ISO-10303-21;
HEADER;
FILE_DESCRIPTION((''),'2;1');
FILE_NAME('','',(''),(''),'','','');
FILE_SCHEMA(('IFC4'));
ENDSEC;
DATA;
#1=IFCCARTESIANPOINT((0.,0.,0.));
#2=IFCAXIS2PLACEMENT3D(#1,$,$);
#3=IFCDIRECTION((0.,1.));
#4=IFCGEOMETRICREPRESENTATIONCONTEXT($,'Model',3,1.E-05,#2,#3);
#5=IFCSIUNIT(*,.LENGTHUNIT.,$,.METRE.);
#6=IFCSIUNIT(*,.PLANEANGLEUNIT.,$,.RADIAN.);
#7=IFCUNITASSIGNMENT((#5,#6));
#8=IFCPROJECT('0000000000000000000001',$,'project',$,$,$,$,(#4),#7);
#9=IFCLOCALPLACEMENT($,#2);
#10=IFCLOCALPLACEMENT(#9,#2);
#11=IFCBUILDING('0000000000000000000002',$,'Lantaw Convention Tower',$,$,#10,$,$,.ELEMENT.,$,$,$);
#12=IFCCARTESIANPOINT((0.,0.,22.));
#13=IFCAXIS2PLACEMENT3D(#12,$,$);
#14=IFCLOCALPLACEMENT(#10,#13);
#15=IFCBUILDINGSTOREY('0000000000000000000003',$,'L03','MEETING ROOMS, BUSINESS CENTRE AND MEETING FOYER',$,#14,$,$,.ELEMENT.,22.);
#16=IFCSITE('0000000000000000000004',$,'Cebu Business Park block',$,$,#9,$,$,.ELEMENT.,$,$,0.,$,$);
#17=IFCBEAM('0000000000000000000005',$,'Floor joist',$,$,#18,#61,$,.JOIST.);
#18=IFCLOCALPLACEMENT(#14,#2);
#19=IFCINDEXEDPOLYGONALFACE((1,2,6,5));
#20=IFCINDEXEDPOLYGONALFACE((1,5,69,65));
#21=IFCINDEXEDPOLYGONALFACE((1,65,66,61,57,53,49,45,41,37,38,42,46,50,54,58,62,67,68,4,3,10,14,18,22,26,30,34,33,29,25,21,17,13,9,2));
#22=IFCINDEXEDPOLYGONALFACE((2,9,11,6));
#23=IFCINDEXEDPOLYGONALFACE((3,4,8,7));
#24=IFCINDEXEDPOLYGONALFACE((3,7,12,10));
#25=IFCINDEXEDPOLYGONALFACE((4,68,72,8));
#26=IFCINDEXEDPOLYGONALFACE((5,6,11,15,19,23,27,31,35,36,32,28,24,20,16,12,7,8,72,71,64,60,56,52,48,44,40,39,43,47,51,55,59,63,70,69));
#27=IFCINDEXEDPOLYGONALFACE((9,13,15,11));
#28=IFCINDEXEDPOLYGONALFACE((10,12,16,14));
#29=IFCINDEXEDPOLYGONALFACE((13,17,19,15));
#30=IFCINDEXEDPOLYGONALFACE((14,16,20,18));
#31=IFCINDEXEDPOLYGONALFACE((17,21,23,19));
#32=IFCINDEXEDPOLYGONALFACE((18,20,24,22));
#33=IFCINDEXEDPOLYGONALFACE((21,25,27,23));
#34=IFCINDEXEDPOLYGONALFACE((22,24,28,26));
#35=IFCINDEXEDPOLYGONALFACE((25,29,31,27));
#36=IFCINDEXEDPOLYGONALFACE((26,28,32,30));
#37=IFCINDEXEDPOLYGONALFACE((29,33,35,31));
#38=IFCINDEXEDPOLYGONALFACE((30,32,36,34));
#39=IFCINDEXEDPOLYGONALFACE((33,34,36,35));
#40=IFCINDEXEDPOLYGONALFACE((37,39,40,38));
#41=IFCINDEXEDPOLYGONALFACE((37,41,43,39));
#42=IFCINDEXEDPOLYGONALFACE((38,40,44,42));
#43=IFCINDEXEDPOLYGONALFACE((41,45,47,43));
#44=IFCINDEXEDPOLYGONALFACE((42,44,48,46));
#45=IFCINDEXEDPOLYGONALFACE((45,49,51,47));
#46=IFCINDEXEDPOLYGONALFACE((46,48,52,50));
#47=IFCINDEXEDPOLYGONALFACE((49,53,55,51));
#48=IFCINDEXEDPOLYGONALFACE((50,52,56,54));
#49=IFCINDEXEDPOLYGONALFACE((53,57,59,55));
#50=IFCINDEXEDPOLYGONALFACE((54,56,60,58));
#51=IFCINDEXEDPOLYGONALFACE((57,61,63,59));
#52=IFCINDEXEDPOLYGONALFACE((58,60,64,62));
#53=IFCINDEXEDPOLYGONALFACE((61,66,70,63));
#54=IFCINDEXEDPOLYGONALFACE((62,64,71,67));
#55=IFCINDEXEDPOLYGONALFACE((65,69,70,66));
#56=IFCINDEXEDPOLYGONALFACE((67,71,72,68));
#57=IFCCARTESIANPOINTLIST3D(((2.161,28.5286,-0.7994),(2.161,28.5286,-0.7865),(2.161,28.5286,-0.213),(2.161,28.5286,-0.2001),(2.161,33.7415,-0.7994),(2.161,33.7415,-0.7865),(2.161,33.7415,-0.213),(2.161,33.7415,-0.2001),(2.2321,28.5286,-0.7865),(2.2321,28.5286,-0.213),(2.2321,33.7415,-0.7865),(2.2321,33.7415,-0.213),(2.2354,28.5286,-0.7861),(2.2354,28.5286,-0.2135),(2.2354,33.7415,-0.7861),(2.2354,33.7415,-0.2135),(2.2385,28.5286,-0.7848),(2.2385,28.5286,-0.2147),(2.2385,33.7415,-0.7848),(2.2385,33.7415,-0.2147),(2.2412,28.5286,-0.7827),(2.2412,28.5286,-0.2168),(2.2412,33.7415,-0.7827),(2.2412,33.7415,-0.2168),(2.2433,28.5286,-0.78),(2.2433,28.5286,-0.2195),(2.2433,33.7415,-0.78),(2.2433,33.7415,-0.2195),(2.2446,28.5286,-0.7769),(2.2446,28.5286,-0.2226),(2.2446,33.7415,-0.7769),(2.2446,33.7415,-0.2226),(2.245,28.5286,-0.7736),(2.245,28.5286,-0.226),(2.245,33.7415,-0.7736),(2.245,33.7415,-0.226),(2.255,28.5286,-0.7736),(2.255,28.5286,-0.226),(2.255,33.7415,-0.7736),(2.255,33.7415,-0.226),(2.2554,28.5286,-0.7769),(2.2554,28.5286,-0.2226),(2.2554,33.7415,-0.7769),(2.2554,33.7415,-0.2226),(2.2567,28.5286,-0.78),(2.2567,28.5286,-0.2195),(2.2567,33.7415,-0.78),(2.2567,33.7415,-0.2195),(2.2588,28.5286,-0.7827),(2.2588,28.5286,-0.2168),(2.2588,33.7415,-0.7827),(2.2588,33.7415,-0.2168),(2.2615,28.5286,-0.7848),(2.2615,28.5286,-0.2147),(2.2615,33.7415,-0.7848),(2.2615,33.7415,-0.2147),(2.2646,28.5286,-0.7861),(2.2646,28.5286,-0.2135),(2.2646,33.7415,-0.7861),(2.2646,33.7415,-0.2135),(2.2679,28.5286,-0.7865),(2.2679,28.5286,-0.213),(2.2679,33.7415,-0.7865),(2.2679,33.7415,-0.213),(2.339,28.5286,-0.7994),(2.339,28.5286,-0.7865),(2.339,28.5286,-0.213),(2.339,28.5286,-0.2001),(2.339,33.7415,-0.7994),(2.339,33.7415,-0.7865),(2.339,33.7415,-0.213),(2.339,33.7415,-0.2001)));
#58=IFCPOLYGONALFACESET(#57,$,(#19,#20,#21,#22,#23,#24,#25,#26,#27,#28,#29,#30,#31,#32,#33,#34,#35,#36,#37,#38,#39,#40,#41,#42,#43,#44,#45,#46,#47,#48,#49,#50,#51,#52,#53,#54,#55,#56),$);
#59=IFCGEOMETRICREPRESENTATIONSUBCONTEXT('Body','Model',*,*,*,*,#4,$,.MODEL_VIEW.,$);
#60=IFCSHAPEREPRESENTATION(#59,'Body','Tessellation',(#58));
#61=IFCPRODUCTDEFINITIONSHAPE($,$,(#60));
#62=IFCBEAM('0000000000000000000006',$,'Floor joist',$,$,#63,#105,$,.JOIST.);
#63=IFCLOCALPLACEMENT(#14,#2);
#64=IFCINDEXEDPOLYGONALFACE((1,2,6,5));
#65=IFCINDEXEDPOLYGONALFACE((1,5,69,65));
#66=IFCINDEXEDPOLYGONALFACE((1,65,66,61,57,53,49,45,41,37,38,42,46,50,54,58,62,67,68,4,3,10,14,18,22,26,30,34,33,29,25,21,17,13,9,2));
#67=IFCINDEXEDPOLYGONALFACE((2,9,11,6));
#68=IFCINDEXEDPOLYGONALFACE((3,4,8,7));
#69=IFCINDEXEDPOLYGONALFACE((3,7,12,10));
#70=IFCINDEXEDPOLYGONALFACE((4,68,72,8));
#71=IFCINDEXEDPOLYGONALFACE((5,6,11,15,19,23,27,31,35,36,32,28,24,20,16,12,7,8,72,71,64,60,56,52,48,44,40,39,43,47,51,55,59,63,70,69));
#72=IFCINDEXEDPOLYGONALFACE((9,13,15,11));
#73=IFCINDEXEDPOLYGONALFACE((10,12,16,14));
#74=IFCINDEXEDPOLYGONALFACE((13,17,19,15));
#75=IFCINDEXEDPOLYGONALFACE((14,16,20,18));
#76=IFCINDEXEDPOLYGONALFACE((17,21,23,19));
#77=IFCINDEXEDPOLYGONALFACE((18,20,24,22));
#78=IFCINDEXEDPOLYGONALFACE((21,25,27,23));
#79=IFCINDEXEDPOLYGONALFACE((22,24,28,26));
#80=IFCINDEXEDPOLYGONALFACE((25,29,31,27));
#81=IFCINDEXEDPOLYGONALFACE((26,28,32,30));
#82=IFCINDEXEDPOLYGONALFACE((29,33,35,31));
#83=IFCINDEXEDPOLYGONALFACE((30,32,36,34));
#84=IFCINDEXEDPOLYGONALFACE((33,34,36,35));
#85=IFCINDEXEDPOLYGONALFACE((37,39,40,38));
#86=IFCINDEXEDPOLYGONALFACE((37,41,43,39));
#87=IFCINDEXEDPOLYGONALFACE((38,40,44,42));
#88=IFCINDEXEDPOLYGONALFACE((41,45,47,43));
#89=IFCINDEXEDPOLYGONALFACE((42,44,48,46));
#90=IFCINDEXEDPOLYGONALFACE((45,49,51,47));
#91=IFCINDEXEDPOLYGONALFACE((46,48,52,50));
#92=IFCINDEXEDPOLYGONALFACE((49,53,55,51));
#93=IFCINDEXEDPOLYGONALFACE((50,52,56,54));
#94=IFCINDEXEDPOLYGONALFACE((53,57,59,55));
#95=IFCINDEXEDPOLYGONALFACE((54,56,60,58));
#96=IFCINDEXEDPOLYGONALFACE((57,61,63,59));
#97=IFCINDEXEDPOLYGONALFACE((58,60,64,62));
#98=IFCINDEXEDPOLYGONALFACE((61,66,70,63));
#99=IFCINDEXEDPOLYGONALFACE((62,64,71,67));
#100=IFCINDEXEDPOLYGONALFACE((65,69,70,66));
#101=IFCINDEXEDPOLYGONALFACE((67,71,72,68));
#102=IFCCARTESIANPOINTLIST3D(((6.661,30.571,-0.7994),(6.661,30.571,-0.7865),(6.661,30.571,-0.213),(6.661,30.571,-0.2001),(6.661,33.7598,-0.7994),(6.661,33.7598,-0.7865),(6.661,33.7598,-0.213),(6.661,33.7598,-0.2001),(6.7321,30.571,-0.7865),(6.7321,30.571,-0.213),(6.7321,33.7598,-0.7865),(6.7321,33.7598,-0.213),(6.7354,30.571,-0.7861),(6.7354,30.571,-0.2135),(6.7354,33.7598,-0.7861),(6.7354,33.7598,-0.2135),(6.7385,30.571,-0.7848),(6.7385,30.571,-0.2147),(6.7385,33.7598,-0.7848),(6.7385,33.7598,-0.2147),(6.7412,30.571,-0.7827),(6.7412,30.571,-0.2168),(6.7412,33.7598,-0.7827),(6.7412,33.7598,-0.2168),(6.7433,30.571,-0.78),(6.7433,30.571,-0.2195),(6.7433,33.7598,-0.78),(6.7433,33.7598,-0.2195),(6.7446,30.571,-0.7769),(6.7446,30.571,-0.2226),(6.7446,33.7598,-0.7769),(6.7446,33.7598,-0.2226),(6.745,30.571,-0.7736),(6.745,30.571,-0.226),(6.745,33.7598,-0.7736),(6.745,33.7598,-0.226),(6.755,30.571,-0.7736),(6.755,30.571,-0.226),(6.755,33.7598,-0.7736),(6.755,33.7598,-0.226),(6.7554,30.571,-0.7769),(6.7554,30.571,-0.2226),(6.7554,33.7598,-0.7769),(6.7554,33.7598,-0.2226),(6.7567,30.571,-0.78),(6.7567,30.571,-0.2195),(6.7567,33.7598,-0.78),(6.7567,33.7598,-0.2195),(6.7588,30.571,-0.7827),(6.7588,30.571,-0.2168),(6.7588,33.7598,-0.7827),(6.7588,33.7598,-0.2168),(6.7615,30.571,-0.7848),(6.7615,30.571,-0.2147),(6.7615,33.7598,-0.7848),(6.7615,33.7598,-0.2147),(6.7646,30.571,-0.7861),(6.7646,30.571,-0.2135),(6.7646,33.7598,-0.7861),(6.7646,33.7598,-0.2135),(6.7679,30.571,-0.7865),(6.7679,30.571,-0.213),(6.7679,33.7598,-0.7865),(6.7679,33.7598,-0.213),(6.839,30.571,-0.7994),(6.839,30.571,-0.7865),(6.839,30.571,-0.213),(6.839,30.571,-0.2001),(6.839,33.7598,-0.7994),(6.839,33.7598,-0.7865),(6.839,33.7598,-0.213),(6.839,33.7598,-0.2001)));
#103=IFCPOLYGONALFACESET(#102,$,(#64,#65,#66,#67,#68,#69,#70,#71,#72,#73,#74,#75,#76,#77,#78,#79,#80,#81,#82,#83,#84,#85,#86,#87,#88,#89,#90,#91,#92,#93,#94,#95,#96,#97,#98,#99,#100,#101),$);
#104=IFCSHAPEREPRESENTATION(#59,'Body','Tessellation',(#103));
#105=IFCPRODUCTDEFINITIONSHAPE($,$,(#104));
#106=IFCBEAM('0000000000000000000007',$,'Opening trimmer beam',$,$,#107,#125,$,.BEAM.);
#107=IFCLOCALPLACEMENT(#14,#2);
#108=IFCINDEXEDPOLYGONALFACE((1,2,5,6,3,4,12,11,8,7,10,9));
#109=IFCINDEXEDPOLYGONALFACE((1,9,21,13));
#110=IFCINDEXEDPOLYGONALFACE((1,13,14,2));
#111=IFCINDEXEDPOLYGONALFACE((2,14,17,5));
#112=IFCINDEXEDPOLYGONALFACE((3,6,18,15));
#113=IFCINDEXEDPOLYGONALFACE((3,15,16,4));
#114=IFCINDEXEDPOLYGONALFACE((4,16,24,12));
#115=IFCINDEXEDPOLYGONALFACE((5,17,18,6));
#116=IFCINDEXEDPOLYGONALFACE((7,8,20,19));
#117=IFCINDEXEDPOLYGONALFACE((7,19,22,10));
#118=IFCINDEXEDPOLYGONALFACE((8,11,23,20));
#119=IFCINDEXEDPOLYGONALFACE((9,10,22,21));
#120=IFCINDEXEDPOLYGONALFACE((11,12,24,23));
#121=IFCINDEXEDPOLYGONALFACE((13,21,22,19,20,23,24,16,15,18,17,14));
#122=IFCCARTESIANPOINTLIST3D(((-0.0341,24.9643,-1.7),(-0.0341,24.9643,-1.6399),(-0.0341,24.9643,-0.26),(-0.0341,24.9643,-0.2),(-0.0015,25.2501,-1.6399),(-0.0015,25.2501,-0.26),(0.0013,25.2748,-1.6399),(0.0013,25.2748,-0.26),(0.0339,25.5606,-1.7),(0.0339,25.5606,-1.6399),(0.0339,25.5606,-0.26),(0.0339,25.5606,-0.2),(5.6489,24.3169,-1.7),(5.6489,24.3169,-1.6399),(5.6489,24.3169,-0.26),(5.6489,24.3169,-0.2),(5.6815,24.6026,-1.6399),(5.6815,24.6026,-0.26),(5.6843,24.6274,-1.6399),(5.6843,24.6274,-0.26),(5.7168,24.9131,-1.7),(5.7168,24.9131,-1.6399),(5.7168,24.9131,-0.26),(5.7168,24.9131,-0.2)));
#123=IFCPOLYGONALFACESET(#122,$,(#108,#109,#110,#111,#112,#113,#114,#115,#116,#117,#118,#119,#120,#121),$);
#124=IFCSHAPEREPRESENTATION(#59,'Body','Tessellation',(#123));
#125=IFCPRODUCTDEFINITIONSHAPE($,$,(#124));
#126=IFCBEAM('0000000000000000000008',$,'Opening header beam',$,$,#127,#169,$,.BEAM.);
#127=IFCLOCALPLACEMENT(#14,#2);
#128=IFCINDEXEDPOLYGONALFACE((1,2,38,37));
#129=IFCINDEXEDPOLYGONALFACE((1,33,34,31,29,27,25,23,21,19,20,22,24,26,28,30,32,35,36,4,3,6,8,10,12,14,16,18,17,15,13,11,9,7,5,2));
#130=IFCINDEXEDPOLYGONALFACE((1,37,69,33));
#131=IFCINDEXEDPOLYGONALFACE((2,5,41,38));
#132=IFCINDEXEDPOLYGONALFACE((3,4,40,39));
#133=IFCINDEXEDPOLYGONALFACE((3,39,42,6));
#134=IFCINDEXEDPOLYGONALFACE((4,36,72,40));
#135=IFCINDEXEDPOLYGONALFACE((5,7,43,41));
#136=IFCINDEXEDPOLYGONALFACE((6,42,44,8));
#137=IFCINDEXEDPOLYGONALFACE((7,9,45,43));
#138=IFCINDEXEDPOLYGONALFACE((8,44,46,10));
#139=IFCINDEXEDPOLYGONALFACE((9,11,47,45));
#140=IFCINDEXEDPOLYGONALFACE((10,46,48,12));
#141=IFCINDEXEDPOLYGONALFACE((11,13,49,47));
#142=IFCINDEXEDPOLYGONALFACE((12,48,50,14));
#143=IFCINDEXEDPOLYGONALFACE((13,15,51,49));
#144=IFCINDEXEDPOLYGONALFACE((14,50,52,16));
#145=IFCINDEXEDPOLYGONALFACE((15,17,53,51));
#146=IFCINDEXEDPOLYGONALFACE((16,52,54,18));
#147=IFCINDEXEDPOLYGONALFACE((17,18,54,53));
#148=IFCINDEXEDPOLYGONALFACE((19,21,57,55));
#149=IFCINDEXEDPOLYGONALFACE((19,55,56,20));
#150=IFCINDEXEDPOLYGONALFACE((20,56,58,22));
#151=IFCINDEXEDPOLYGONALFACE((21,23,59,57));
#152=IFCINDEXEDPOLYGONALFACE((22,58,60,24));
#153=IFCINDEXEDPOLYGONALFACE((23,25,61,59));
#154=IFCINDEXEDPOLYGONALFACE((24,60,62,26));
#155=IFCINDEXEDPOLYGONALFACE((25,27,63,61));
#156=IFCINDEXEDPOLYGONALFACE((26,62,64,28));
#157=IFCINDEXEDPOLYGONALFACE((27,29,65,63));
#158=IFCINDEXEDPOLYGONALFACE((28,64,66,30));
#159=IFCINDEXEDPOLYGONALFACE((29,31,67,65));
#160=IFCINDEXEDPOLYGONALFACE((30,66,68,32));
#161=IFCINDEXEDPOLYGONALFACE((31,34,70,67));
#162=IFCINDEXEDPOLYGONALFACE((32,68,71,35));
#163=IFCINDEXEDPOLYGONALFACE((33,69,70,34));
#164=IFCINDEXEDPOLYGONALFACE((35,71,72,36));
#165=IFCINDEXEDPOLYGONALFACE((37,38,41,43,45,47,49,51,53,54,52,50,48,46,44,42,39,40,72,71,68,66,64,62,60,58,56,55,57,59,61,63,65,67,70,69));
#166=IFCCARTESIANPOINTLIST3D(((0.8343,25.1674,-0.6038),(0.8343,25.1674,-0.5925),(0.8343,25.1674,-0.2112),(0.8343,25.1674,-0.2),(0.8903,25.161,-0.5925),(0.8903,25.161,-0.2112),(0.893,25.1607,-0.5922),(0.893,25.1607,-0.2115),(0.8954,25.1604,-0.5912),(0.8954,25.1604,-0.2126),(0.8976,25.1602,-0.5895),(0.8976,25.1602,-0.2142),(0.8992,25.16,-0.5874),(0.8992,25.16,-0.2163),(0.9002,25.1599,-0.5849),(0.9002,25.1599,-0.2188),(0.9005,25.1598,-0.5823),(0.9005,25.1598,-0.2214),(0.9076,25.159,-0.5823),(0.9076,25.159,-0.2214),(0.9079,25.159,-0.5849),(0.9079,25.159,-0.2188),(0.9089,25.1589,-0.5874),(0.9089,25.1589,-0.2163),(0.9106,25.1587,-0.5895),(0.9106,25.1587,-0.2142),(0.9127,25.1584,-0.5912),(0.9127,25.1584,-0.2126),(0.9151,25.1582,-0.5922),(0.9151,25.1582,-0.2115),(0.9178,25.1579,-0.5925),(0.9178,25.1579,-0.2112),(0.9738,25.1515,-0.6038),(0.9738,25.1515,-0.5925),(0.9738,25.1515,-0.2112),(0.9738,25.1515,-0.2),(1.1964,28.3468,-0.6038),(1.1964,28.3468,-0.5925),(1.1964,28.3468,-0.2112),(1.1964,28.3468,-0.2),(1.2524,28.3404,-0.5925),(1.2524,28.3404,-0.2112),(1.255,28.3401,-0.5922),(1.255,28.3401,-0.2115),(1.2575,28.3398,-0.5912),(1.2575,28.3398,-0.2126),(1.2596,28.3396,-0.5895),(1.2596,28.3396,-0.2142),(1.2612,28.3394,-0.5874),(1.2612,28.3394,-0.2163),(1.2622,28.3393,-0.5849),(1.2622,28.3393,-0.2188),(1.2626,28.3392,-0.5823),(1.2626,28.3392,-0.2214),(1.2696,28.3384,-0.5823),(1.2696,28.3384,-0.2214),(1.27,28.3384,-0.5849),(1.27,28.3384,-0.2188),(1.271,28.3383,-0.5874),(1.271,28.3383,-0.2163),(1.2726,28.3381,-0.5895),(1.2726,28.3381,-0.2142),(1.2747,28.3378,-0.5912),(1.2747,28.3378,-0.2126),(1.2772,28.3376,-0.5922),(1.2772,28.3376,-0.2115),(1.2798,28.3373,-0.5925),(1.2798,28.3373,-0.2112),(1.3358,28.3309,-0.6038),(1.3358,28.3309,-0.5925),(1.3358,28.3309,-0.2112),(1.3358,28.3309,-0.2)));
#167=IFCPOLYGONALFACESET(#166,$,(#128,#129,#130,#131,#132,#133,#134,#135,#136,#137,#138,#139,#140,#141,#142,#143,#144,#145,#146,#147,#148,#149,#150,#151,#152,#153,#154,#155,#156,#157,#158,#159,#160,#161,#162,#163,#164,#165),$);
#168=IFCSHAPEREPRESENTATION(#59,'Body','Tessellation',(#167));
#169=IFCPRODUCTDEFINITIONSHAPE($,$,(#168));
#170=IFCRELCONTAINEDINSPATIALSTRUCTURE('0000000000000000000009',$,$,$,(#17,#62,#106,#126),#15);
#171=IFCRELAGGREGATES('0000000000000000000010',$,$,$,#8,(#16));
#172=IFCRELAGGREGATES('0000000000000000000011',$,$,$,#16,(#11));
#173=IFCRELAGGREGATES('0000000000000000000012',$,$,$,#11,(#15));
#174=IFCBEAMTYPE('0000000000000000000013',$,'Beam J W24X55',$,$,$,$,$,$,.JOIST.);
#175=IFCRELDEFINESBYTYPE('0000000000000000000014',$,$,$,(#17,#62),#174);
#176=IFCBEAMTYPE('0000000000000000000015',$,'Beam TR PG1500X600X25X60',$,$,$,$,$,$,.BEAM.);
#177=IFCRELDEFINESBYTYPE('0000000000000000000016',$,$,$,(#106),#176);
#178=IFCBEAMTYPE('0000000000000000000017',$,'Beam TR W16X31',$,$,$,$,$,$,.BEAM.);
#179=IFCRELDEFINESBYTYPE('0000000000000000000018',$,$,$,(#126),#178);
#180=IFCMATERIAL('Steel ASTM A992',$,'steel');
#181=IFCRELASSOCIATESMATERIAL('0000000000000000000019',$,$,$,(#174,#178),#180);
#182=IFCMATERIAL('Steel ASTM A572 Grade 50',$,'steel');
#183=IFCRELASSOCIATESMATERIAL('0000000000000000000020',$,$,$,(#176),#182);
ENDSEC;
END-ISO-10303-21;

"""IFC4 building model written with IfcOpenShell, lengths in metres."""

from ifc_helpers import new_model, si_unit, direction, frame, origin, origin_2d, place, context, subcontext, project, spatial, i_section, extrude, material, material_profile, profile_set, type_object, element, save


model = new_model("IFC4")

# Units and contexts
model_context = context("Model", 3, precision=1e-05, world=origin(), true_north=direction((0.0, 1.0)))
body_context = subcontext(model_context, "Body", "Model", "MODEL_VIEW")
ifc_project = project(units=[si_unit("LENGTHUNIT", "METRE"), si_unit("PLANEANGLEUNIT", "RADIAN")], contexts=[model_context])

# Site, building, storey
site_placement = place(None, origin())
site = spatial("IfcSite", under=ifc_project, at=site_placement, Name="Cebu Business Park block", CompositionType="ELEMENT", RefElevation=0.0)
building_placement = place(site_placement, origin())
building = spatial("IfcBuilding", under=site, at=building_placement, Name="Lantaw Convention Tower", CompositionType="ELEMENT")
storey_placement = place(building_placement, frame((0.0, 0.0, 22.0)))
storey = spatial("IfcBuildingStorey", under=building, at=storey_placement, Name="L03", Description="MEETING ROOMS, BUSINESS CENTRE AND MEETING FOYER", CompositionType="ELEMENT", Elevation=22.0)

# Shared definitions
ifc_material_1 = material(Name="Steel ASTM A572 Grade 50", Category="steel")

# Beams
ifc_material_2 = material(Name="Steel ASTM A992", Category="steel")
ifc_material_profile_1 = material_profile(ifc_material_2, i_section(OverallWidth=0.178, OverallDepth=0.5994, WebThickness=0.01, FlangeThickness=0.0129, FilletRadius=0.0129, at=origin_2d()), Name="W24X55")
ifc_profile_set_1 = profile_set([ifc_material_profile_1], Name="Steel ASTM A992")
beam_type_1 = type_object("IfcBeamType", Name="Beam J W24X55", PredefinedType="JOIST", material=ifc_profile_set_1)
beam_1_placement = place(storey_placement, frame((2.25, 28.5286, -0.4998), z_axis=(0.0, 1.0, 0.0), x_axis=(-1.0, 0.0, 0.0)))
element("IfcBeam", 1, at=beam_1_placement, inside=storey, type_object=beam_type_1, Name="Floor joist", PredefinedType="JOIST", context=body_context, shape_type="SweptSolid", body=[
    extrude(i_section(OverallWidth=0.178, OverallDepth=0.5994, WebThickness=0.01, FlangeThickness=0.0129, FilletRadius=0.0129, at=origin_2d()), origin(), (0.0, 0.0, 1.0), 5.2129),
])
beam_2_placement = place(storey_placement, frame((6.75, 30.571, -0.4998), z_axis=(0.0, 1.0, 0.0), x_axis=(-1.0, 0.0, 0.0)))
element("IfcBeam", 2, at=beam_2_placement, inside=storey, type_object=beam_type_1, Name="Floor joist", PredefinedType="JOIST", context=body_context, shape_type="SweptSolid", body=[
    extrude(i_section(OverallWidth=0.178, OverallDepth=0.5994, WebThickness=0.01, FlangeThickness=0.0129, FilletRadius=0.0129, at=origin_2d()), origin(), (0.0, 0.0, 1.0), 3.1887),
])
ifc_material_profile_2 = material_profile(ifc_material_1, i_section(OverallWidth=0.6001, OverallDepth=1.5, WebThickness=0.0249, FlangeThickness=0.0601, at=origin_2d()), Name="PG1500X600X25X60")
ifc_profile_set_2 = profile_set([ifc_material_profile_2], Name="Steel ASTM A572 Grade 50")
beam_type_2 = type_object("IfcBeamType", Name="Beam TR PG1500X600X25X60", PredefinedType="BEAM", material=ifc_profile_set_2)
beam_3_placement = place(storey_placement, frame((5.6829, 24.615, -0.95), z_axis=(-0.993572, 0.1132, 0.0), x_axis=(-0.1132, -0.993572, 0.0)))
element("IfcBeam", 3, at=beam_3_placement, inside=storey, type_object=beam_type_2, Name="Opening trimmer beam", PredefinedType="BEAM", context=body_context, shape_type="SweptSolid", body=[
    extrude(i_section(OverallWidth=0.6001, OverallDepth=1.5, WebThickness=0.0249, FlangeThickness=0.0601, at=origin_2d()), origin(), (0.0, 0.0, 1.0), 5.7197),
])
ifc_material_profile_3 = material_profile(ifc_material_2, i_section(OverallWidth=0.1404, OverallDepth=0.4038, WebThickness=0.0071, FlangeThickness=0.0112, FilletRadius=0.0103, at=origin_2d()), Name="W16X31")
ifc_profile_set_3 = profile_set([ifc_material_profile_3], Name="Steel ASTM A992")
beam_type_3 = type_object("IfcBeamType", Name="Beam TR W16X31", PredefinedType="BEAM", material=ifc_profile_set_3)
beam_4_placement = place(storey_placement, frame((0.9041, 25.1594, -0.4019), z_axis=(0.113144, 0.993579, 0.0), x_axis=(-0.993579, 0.113144, 0.0)))
element("IfcBeam", 4, at=beam_4_placement, inside=storey, type_object=beam_type_3, Name="Opening header beam", PredefinedType="BEAM", context=body_context, shape_type="SweptSolid", body=[
    extrude(i_section(OverallWidth=0.1404, OverallDepth=0.4038, WebThickness=0.0071, FlangeThickness=0.0112, FilletRadius=0.0103, at=origin_2d()), origin(), (0.0, 0.0, 1.0), 3.2),
])

save(model, "model.ifc")
